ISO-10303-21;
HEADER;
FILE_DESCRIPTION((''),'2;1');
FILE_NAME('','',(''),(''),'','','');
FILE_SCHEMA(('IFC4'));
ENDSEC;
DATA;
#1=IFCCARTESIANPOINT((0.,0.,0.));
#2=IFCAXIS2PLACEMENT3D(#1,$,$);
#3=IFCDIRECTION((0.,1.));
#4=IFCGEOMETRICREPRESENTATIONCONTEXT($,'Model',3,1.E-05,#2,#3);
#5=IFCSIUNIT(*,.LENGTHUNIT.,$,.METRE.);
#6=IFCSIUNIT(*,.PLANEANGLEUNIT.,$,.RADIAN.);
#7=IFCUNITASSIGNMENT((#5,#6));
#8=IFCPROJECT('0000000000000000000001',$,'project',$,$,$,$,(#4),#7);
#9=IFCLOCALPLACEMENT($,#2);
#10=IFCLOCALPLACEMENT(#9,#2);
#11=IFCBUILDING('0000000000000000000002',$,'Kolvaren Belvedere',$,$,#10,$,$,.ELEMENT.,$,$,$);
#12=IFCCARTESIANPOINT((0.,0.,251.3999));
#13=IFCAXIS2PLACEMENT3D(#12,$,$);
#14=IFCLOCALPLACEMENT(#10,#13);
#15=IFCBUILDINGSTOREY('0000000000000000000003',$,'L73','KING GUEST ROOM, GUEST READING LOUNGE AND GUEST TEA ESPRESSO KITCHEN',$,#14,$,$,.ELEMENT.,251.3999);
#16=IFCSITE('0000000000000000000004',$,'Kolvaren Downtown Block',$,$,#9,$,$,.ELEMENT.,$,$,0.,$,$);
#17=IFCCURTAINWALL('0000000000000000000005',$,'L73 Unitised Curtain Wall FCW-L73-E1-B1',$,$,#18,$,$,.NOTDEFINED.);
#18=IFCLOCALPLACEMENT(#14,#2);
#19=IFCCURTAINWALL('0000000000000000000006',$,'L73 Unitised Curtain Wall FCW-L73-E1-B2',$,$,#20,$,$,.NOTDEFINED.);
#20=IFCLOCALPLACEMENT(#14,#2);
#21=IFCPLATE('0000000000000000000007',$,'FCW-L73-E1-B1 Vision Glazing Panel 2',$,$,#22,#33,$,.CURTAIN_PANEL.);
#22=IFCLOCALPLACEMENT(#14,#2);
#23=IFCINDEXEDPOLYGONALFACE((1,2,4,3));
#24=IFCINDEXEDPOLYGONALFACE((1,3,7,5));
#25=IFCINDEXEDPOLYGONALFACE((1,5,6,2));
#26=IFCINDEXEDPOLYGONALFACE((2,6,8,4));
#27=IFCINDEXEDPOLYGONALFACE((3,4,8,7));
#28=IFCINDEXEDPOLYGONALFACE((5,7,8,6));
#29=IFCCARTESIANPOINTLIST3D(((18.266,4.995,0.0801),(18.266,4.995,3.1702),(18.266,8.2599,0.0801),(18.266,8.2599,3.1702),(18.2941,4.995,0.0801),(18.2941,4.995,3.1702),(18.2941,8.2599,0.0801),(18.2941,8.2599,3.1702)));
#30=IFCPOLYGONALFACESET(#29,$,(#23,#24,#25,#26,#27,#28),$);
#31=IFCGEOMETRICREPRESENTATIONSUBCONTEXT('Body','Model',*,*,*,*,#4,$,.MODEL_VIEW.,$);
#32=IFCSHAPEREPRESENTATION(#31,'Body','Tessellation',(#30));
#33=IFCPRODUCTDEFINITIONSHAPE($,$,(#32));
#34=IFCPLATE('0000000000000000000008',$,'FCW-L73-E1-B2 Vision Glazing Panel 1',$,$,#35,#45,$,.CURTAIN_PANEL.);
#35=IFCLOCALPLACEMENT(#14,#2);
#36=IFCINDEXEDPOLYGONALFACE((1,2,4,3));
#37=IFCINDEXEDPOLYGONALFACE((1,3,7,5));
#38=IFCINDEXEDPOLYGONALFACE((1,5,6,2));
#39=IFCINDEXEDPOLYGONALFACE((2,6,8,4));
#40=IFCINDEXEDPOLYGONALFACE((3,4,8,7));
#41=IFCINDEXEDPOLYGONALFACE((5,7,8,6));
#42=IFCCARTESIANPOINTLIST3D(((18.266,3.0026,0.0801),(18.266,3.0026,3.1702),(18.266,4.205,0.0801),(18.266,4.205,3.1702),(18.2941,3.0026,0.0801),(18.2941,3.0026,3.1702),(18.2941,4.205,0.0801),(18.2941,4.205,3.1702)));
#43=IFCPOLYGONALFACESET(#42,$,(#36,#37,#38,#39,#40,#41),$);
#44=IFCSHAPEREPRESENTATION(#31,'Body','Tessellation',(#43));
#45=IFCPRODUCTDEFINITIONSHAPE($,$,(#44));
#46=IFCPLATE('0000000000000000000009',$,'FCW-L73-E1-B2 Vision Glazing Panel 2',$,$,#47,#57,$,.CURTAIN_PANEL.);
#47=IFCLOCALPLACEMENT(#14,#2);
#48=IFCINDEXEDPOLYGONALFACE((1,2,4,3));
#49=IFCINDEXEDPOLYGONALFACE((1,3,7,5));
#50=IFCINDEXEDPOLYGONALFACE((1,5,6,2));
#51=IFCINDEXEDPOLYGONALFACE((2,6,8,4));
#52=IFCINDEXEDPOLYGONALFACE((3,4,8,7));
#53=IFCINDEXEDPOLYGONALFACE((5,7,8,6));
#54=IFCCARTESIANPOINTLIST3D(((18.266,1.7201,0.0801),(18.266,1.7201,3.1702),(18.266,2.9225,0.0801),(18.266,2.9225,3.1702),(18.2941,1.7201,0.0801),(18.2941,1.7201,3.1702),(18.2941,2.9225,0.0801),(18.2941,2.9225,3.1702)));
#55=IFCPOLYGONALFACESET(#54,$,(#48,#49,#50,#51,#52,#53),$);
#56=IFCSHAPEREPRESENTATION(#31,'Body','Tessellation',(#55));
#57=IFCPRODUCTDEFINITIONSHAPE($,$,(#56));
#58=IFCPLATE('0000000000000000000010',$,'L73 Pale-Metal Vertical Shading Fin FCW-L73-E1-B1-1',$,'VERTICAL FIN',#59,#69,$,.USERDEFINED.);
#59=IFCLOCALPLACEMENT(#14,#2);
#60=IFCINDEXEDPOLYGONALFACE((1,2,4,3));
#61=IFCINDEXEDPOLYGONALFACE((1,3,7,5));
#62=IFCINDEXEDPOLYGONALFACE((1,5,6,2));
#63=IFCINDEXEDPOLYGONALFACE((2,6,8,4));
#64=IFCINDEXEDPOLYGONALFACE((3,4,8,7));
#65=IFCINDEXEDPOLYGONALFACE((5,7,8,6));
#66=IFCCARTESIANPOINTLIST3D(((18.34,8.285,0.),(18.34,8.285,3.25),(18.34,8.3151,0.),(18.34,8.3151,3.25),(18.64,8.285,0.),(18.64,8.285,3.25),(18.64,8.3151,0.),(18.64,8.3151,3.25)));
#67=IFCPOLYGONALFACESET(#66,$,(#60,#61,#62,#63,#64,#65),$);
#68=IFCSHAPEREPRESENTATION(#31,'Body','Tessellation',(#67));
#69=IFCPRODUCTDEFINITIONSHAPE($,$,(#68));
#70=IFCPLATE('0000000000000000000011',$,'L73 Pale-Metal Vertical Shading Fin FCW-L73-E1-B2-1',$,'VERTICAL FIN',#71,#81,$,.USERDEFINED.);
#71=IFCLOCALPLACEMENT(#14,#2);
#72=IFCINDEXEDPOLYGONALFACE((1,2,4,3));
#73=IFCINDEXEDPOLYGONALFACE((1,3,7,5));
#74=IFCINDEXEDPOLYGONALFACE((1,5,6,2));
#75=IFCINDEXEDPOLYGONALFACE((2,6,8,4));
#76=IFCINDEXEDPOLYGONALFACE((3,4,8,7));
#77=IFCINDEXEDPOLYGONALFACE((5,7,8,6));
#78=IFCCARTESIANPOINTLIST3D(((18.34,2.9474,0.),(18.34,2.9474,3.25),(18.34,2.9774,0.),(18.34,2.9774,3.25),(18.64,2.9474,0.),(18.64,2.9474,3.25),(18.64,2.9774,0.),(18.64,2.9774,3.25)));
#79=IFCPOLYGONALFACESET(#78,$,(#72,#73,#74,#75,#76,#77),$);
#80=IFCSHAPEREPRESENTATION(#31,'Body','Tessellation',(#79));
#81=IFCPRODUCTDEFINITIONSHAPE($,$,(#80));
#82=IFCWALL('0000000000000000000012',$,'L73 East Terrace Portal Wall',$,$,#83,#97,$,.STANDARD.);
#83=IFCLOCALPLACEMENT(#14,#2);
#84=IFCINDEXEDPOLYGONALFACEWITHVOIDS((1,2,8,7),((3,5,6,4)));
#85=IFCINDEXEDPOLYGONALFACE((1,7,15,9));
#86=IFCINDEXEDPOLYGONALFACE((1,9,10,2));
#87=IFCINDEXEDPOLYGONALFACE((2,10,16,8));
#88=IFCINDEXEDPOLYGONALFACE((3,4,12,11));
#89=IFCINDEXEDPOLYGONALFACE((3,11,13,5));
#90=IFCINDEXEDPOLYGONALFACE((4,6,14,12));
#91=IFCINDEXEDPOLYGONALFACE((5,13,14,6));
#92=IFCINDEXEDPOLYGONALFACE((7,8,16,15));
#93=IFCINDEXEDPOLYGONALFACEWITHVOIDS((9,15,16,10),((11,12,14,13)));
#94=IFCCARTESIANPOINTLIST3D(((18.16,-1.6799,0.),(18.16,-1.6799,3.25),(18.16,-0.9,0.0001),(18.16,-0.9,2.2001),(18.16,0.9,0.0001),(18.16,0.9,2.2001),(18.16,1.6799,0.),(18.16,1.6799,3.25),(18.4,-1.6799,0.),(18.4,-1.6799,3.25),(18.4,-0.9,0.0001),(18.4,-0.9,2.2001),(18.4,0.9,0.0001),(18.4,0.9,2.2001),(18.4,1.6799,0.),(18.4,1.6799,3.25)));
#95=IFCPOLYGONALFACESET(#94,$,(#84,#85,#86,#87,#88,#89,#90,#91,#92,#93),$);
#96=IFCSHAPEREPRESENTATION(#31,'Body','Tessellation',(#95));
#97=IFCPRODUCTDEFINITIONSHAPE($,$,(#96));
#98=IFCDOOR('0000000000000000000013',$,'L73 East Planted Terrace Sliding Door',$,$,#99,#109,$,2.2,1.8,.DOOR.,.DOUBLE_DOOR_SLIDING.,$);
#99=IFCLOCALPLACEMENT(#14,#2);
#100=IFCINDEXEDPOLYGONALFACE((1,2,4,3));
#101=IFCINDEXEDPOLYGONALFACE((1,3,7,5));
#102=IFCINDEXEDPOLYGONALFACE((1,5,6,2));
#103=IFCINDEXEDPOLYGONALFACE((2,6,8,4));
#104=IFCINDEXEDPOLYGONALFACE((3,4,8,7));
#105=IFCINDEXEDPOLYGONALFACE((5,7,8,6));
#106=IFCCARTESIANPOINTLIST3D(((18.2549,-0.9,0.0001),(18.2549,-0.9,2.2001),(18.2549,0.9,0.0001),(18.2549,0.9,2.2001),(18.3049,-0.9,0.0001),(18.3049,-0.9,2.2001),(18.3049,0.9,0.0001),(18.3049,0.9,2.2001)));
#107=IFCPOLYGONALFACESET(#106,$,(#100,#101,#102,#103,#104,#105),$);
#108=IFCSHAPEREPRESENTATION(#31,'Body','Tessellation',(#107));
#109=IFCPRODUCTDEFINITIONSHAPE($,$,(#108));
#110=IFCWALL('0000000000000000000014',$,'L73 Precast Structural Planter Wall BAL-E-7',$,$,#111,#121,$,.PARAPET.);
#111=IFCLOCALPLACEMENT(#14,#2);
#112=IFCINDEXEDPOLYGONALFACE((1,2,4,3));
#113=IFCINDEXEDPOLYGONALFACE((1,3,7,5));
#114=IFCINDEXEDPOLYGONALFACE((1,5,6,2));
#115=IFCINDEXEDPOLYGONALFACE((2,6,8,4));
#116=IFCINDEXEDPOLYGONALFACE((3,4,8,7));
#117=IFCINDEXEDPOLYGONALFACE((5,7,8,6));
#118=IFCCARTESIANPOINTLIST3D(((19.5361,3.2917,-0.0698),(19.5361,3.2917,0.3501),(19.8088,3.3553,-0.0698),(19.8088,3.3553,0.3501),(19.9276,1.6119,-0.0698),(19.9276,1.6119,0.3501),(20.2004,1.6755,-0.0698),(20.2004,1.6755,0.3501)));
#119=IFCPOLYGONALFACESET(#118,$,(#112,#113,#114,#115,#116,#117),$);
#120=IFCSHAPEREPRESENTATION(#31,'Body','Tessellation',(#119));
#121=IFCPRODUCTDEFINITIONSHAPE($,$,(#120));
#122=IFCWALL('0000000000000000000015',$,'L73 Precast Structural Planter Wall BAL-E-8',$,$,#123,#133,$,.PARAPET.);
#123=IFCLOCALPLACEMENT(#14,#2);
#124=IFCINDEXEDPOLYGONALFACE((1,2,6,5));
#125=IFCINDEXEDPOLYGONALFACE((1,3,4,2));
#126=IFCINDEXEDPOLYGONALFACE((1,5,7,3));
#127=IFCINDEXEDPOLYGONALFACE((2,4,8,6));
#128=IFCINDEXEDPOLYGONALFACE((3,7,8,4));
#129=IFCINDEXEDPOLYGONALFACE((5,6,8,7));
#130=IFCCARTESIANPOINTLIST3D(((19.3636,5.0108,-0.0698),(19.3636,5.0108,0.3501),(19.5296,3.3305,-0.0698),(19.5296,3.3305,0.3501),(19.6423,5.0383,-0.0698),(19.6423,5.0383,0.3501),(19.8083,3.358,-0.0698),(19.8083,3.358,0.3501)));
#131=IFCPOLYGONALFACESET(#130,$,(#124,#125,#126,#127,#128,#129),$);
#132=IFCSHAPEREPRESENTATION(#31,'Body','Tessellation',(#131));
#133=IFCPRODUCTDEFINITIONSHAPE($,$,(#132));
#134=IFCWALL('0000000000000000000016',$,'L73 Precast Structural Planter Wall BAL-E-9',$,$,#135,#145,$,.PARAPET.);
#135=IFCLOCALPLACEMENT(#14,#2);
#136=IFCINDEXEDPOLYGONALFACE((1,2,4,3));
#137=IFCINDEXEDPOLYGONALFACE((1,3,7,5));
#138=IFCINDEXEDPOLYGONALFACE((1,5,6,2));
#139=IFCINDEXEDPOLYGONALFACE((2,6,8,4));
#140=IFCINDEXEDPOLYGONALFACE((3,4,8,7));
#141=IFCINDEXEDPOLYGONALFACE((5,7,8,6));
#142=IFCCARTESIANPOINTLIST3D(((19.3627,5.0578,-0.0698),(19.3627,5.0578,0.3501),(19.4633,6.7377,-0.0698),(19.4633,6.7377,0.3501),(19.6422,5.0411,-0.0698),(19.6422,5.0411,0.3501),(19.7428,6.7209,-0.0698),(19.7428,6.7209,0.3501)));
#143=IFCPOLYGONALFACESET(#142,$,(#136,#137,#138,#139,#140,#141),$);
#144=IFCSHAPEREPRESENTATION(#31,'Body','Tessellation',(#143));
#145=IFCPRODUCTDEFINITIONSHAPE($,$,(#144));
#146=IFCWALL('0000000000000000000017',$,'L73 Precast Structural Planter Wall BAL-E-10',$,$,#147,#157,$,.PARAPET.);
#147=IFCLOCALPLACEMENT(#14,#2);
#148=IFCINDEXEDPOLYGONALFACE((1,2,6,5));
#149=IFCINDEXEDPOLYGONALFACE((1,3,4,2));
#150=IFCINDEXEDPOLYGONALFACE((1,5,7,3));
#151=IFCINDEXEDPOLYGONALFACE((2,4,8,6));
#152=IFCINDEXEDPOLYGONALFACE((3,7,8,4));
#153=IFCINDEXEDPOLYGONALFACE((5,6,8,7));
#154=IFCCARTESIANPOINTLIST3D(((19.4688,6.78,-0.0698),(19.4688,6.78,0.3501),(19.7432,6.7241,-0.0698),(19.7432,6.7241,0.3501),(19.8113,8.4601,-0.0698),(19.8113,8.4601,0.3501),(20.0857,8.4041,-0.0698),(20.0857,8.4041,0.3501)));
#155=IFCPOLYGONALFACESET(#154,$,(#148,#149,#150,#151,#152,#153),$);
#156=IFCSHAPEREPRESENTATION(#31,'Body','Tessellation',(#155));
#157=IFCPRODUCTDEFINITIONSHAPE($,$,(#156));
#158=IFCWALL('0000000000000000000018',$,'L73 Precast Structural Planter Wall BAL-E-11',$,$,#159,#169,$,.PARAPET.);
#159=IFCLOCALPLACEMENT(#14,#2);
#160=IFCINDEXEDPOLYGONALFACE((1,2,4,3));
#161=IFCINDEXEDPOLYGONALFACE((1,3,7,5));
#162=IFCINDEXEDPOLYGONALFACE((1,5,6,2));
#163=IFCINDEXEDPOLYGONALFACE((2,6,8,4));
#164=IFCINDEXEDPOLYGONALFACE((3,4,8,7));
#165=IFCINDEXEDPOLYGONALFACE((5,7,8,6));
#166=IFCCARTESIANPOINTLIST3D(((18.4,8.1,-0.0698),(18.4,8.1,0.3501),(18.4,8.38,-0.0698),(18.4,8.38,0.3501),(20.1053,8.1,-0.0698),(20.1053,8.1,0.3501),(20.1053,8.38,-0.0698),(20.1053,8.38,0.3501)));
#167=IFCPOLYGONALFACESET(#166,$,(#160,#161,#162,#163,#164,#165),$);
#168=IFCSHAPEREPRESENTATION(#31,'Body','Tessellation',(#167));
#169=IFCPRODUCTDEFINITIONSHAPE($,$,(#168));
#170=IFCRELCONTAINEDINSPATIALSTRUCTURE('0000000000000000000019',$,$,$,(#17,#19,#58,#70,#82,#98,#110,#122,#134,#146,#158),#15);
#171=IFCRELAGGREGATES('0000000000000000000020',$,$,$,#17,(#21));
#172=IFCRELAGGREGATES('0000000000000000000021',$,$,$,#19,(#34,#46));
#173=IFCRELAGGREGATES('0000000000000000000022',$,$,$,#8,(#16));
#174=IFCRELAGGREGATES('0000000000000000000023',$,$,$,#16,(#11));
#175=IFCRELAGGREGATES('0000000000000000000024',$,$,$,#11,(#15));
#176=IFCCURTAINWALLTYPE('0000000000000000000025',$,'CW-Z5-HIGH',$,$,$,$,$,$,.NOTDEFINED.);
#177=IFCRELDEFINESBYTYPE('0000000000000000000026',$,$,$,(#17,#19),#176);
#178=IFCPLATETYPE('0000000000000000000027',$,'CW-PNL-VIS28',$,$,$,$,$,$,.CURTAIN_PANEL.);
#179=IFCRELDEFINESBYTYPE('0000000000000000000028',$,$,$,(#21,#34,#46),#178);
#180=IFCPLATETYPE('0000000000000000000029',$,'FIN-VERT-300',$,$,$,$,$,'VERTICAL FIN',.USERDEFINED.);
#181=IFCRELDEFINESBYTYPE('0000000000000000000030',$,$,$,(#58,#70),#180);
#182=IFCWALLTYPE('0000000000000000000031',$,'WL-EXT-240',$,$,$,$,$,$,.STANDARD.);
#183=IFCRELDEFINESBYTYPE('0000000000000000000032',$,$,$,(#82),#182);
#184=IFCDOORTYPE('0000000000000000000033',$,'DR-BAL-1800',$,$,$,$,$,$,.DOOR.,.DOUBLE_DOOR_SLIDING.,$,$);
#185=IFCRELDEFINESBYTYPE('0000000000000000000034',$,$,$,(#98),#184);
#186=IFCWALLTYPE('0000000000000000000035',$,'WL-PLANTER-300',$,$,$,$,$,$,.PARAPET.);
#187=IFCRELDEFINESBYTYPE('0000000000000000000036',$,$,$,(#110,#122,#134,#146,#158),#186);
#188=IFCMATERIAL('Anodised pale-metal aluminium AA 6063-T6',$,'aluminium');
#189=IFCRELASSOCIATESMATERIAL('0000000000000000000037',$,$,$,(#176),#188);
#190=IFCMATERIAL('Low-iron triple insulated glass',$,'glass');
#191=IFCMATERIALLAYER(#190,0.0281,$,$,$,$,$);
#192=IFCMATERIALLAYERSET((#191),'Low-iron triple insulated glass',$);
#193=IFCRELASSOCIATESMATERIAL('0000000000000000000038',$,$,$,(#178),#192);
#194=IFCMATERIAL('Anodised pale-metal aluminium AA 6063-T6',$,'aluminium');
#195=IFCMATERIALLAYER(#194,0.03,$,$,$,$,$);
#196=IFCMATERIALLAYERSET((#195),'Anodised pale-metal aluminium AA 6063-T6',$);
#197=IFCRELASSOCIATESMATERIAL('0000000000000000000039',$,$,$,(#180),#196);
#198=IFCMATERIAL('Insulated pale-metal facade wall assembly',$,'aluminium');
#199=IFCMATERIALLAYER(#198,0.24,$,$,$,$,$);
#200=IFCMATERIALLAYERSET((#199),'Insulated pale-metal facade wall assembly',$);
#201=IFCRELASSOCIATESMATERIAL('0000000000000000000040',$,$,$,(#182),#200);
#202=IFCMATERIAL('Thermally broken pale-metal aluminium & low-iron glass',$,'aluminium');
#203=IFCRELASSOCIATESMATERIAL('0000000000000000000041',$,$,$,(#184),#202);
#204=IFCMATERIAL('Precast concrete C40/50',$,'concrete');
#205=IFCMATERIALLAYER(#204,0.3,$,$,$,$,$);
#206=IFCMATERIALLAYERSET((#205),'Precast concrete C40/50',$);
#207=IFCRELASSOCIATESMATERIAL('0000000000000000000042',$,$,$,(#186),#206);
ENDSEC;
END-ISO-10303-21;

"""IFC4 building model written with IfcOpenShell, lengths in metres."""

from ifc_helpers import new_model, si_unit, direction, frame, frame_2d, origin, origin_2d, place, context, subcontext, project, spatial, rectangle, extrude, material, layer, layer_set, type_object, element, fill, aggregate, save


model = new_model("IFC4")

# Units and contexts
model_context = context("Model", 3, precision=1e-05, world=origin(), true_north=direction((0.0, 1.0)))
body_context = subcontext(model_context, "Body", "Model", "MODEL_VIEW")
ifc_project = project(units=[si_unit("LENGTHUNIT", "METRE"), si_unit("PLANEANGLEUNIT", "RADIAN")], contexts=[model_context])

# Site, building, storey
site_placement = place(None, origin())
site = spatial("IfcSite", under=ifc_project, at=site_placement, Name="Kolvaren Downtown Block", CompositionType="ELEMENT", RefElevation=0.0)
building_placement = place(site_placement, origin())
building = spatial("IfcBuilding", under=site, at=building_placement, Name="Kolvaren Belvedere", CompositionType="ELEMENT")
storey_placement = place(building_placement, frame((0.0, 0.0, 251.3999)))
storey = spatial("IfcBuildingStorey", under=building, at=storey_placement, Name="L73", Description="KING GUEST ROOM, GUEST READING LOUNGE AND GUEST TEA ESPRESSO KITCHEN", CompositionType="ELEMENT", Elevation=251.3999)

# Curtain walls
ifc_material_1 = material(Name="Anodised pale-metal aluminium AA 6063-T6", Category="aluminium")
curtain_wall_type = type_object("IfcCurtainWallType", Name="CW-Z5-HIGH", PredefinedType="NOTDEFINED", material=ifc_material_1)
curtain_wall_1_placement = place(storey_placement, origin())
curtain_wall_1 = element("IfcCurtainWall", 1, at=curtain_wall_1_placement, inside=storey, type_object=curtain_wall_type, Name="L73 Unitised Curtain Wall FCW-L73-E1-B1", PredefinedType="NOTDEFINED")
curtain_wall_2_placement = place(storey_placement, origin())
curtain_wall_2 = element("IfcCurtainWall", 2, at=curtain_wall_2_placement, inside=storey, type_object=curtain_wall_type, Name="L73 Unitised Curtain Wall FCW-L73-E1-B2", PredefinedType="NOTDEFINED")

# Plates
ifc_material_2 = material(Name="Low-iron triple insulated glass", Category="glass")
ifc_layer_1 = layer(ifc_material_2, 0.0281)
ifc_layer_set_1 = layer_set([ifc_layer_1], Name="Low-iron triple insulated glass")
plate_type_1 = type_object("IfcPlateType", Name="CW-PNL-VIS28", PredefinedType="CURTAIN_PANEL", material=ifc_layer_set_1)
plate_1_placement = place(storey_placement, frame((18.28, 6.6274, 0.0801), z_axis=(0.0, 0.0, 1.0), x_axis=(0.0, -1.0, 0.0)))
plate_1 = element("IfcPlate", 3, at=plate_1_placement, type_object=plate_type_1, Name="FCW-L73-E1-B1 Vision Glazing Panel 2", PredefinedType="CURTAIN_PANEL", context=body_context, shape_type="SweptSolid", body=[
    extrude(rectangle(XDim=3.2649, YDim=0.0281, at=origin_2d()), origin(), (0.0, 0.0, 1.0), 3.0901),
])
aggregate(curtain_wall_1, [plate_1])
plate_2_placement = place(storey_placement, frame((18.28, 3.6038, 0.0801), z_axis=(0.0, 0.0, 1.0), x_axis=(0.0, -1.0, 0.0)))
plate_2 = element("IfcPlate", 4, at=plate_2_placement, type_object=plate_type_1, Name="FCW-L73-E1-B2 Vision Glazing Panel 1", PredefinedType="CURTAIN_PANEL", context=body_context, shape_type="SweptSolid", body=[
    extrude(rectangle(XDim=1.2024, YDim=0.0281, at=origin_2d()), origin(), (0.0, 0.0, 1.0), 3.0901),
])
plate_3_placement = place(storey_placement, frame((18.28, 2.3213, 0.0801), z_axis=(0.0, 0.0, 1.0), x_axis=(0.0, -1.0, 0.0)))
plate_3 = element("IfcPlate", 5, at=plate_3_placement, type_object=plate_type_1, Name="FCW-L73-E1-B2 Vision Glazing Panel 2", PredefinedType="CURTAIN_PANEL", context=body_context, shape_type="SweptSolid", body=[
    extrude(rectangle(XDim=1.2024, YDim=0.0281, at=origin_2d()), origin(), (0.0, 0.0, 1.0), 3.0901),
])
aggregate(curtain_wall_2, [plate_2, plate_3])

# Plates
ifc_material_3 = material(Name="Anodised pale-metal aluminium AA 6063-T6", Category="aluminium")
ifc_layer_2 = layer(ifc_material_3, 0.03)
ifc_layer_set_2 = layer_set([ifc_layer_2], Name="Anodised pale-metal aluminium AA 6063-T6")
plate_type_2 = type_object("IfcPlateType", Name="FIN-VERT-300", ElementType="VERTICAL FIN", PredefinedType="USERDEFINED", material=ifc_layer_set_2)
for number, where, z_axis, x_axis, name in (
    (6, (18.49, 8.3, 0.0), (0.0, 0.0, 1.0), (1.0, 0.0, 0.0), "L73 Pale-Metal Vertical Shading Fin FCW-L73-E1-B1-1"),
    (7, (18.49, 2.9624, 0.0), (0.0, 0.0, 1.0), (1.0, 0.0, 0.0), "L73 Pale-Metal Vertical Shading Fin FCW-L73-E1-B2-1"),
):
    element("IfcPlate", number, at=place(storey_placement, frame(where, z_axis=z_axis, x_axis=x_axis)), inside=storey, type_object=plate_type_2, Name=name, ObjectType="VERTICAL FIN", PredefinedType="USERDEFINED", context=body_context, shape_type="SweptSolid", body=[
        extrude(rectangle(XDim=0.3, YDim=0.03, at=origin_2d()), origin(), (0.0, 0.0, 1.0), 3.25),
    ])

# Wall, opening, door
ifc_material_4 = material(Name="Insulated pale-metal facade wall assembly", Category="aluminium")
ifc_layer_3 = layer(ifc_material_4, 0.24)
ifc_layer_set_3 = layer_set([ifc_layer_3], Name="Insulated pale-metal facade wall assembly")
wall_type_1 = type_object("IfcWallType", Name="WL-EXT-240", PredefinedType="STANDARD", material=ifc_layer_set_3)
wall_1_placement = place(storey_placement, frame((18.28, 1.6799, 0.0), z_axis=(0.0, 0.0, 1.0), x_axis=(0.0, -1.0, 0.0)))
wall_1 = element("IfcWall", 8, at=wall_1_placement, inside=storey, type_object=wall_type_1, Name="L73 East Terrace Portal Wall", PredefinedType="STANDARD", context=body_context, shape_type="SweptSolid", body=[
    extrude(rectangle(XDim=3.3599, YDim=0.24, at=frame_2d((1.6799, 0.0))), origin(), (0.0, 0.0, 1.0), 3.25),
])
opening_placement = place(wall_1_placement, frame((0.78, 0.0, 0.0)))
opening = element("IfcOpeningElement", 9, at=opening_placement, cuts=wall_1, PredefinedType="OPENING", context=body_context, shape_type="SweptSolid", body=[
    extrude(rectangle(XDim=1.8, YDim=2.2, at=frame_2d((0.8999, 1.1001))), frame((0.0, 0.1299, 0.0), z_axis=(0.0, -1.0, 0.0), x_axis=(1.0, 0.0, 0.0)), (0.0, 0.0, 1.0), 0.26),
])
ifc_material_5 = material(Name="Thermally broken pale-metal aluminium & low-iron glass", Category="aluminium")
door_type = type_object("IfcDoorType", Name="DR-BAL-1800", OperationType="DOUBLE_DOOR_SLIDING", PredefinedType="DOOR", material=ifc_material_5)
door_placement = place(opening_placement, origin())
door = element("IfcDoor", 10, at=door_placement, inside=storey, type_object=door_type, Name="L73 East Planted Terrace Sliding Door", OperationType="DOUBLE_DOOR_SLIDING", OverallHeight=2.2, OverallWidth=1.8, PredefinedType="DOOR", context=body_context, shape_type="SweptSolid", body=[
    extrude(rectangle(XDim=1.8, YDim=2.2, at=frame_2d((0.8999, 1.1001))), frame((0.0, 0.0249, 0.0), z_axis=(0.0, -1.0, 0.0), x_axis=(1.0, 0.0, 0.0)), (0.0, 0.0, 1.0), 0.05),
])
fill(opening, door)

# Walls
ifc_material_6 = material(Name="Precast concrete C40/50", Category="concrete")
ifc_layer_4 = layer(ifc_material_6, 0.3)
ifc_layer_set_4 = layer_set([ifc_layer_4], Name="Precast concrete C40/50")
wall_type_2 = type_object("IfcWallType", Name="WL-PLANTER-300", PredefinedType="PARAPET", material=ifc_layer_set_4)
wall_2_placement = place(storey_placement, frame((20.064, 1.6438, -0.0698), z_axis=(0.0, 0.0, 1.0), x_axis=(-0.227019, 0.97389, 0.0)))
element("IfcWall", 11, at=wall_2_placement, inside=storey, type_object=wall_type_2, Name="L73 Precast Structural Planter Wall BAL-E-7", PredefinedType="PARAPET", context=body_context, shape_type="SweptSolid", body=[
    extrude(rectangle(XDim=1.7249, YDim=0.28, at=frame_2d((0.8623, 0.0))), origin(), (0.0, 0.0, 1.0), 0.4199),
])
wall_3_placement = place(storey_placement, frame((19.6689, 3.3442, -0.0698), z_axis=(0.0, 0.0, 1.0), x_axis=(-0.09833, 0.995154, 0.0)))
element("IfcWall", 12, at=wall_3_placement, inside=storey, type_object=wall_type_2, Name="L73 Precast Structural Planter Wall BAL-E-8", PredefinedType="PARAPET", context=body_context, shape_type="SweptSolid", body=[
    extrude(rectangle(XDim=1.6885, YDim=0.28, at=frame_2d((0.8442, 0.0))), origin(), (0.0, 0.0, 1.0), 0.4199),
])
wall_4_placement = place(storey_placement, frame((19.5024, 5.0496, -0.0698), z_axis=(0.0, 0.0, 1.0), x_axis=(0.059768, 0.998212, 0.0)))
element("IfcWall", 13, at=wall_4_placement, inside=storey, type_object=wall_type_2, Name="L73 Precast Structural Planter Wall BAL-E-9", PredefinedType="PARAPET", context=body_context, shape_type="SweptSolid", body=[
    extrude(rectangle(XDim=1.6829, YDim=0.28, at=frame_2d((0.8413, 0.0))), origin(), (0.0, 0.0, 1.0), 0.4199),
])
wall_5_placement = place(storey_placement, frame((19.606, 6.752, -0.0698), z_axis=(0.0, 0.0, 1.0), x_axis=(0.199784, 0.97984, 0.0)))
element("IfcWall", 14, at=wall_5_placement, inside=storey, type_object=wall_type_2, Name="L73 Precast Structural Planter Wall BAL-E-10", PredefinedType="PARAPET", context=body_context, shape_type="SweptSolid", body=[
    extrude(rectangle(XDim=1.7146, YDim=0.28, at=frame_2d((0.8574, 0.0))), origin(), (0.0, 0.0, 1.0), 0.4199),
])
wall_6_placement = place(storey_placement, frame((20.1052, 8.24, -0.0698), z_axis=(0.0, 0.0, 1.0), x_axis=(-1.0, 0.0, 0.0)))
element("IfcWall", 15, at=wall_6_placement, inside=storey, type_object=wall_type_2, Name="L73 Precast Structural Planter Wall BAL-E-11", PredefinedType="PARAPET", context=body_context, shape_type="SweptSolid", body=[
    extrude(rectangle(XDim=1.7053, YDim=0.28, at=frame_2d((0.8525, 0.0))), origin(), (0.0, 0.0, 1.0), 0.4199),
])

save(model, "model.ifc")
